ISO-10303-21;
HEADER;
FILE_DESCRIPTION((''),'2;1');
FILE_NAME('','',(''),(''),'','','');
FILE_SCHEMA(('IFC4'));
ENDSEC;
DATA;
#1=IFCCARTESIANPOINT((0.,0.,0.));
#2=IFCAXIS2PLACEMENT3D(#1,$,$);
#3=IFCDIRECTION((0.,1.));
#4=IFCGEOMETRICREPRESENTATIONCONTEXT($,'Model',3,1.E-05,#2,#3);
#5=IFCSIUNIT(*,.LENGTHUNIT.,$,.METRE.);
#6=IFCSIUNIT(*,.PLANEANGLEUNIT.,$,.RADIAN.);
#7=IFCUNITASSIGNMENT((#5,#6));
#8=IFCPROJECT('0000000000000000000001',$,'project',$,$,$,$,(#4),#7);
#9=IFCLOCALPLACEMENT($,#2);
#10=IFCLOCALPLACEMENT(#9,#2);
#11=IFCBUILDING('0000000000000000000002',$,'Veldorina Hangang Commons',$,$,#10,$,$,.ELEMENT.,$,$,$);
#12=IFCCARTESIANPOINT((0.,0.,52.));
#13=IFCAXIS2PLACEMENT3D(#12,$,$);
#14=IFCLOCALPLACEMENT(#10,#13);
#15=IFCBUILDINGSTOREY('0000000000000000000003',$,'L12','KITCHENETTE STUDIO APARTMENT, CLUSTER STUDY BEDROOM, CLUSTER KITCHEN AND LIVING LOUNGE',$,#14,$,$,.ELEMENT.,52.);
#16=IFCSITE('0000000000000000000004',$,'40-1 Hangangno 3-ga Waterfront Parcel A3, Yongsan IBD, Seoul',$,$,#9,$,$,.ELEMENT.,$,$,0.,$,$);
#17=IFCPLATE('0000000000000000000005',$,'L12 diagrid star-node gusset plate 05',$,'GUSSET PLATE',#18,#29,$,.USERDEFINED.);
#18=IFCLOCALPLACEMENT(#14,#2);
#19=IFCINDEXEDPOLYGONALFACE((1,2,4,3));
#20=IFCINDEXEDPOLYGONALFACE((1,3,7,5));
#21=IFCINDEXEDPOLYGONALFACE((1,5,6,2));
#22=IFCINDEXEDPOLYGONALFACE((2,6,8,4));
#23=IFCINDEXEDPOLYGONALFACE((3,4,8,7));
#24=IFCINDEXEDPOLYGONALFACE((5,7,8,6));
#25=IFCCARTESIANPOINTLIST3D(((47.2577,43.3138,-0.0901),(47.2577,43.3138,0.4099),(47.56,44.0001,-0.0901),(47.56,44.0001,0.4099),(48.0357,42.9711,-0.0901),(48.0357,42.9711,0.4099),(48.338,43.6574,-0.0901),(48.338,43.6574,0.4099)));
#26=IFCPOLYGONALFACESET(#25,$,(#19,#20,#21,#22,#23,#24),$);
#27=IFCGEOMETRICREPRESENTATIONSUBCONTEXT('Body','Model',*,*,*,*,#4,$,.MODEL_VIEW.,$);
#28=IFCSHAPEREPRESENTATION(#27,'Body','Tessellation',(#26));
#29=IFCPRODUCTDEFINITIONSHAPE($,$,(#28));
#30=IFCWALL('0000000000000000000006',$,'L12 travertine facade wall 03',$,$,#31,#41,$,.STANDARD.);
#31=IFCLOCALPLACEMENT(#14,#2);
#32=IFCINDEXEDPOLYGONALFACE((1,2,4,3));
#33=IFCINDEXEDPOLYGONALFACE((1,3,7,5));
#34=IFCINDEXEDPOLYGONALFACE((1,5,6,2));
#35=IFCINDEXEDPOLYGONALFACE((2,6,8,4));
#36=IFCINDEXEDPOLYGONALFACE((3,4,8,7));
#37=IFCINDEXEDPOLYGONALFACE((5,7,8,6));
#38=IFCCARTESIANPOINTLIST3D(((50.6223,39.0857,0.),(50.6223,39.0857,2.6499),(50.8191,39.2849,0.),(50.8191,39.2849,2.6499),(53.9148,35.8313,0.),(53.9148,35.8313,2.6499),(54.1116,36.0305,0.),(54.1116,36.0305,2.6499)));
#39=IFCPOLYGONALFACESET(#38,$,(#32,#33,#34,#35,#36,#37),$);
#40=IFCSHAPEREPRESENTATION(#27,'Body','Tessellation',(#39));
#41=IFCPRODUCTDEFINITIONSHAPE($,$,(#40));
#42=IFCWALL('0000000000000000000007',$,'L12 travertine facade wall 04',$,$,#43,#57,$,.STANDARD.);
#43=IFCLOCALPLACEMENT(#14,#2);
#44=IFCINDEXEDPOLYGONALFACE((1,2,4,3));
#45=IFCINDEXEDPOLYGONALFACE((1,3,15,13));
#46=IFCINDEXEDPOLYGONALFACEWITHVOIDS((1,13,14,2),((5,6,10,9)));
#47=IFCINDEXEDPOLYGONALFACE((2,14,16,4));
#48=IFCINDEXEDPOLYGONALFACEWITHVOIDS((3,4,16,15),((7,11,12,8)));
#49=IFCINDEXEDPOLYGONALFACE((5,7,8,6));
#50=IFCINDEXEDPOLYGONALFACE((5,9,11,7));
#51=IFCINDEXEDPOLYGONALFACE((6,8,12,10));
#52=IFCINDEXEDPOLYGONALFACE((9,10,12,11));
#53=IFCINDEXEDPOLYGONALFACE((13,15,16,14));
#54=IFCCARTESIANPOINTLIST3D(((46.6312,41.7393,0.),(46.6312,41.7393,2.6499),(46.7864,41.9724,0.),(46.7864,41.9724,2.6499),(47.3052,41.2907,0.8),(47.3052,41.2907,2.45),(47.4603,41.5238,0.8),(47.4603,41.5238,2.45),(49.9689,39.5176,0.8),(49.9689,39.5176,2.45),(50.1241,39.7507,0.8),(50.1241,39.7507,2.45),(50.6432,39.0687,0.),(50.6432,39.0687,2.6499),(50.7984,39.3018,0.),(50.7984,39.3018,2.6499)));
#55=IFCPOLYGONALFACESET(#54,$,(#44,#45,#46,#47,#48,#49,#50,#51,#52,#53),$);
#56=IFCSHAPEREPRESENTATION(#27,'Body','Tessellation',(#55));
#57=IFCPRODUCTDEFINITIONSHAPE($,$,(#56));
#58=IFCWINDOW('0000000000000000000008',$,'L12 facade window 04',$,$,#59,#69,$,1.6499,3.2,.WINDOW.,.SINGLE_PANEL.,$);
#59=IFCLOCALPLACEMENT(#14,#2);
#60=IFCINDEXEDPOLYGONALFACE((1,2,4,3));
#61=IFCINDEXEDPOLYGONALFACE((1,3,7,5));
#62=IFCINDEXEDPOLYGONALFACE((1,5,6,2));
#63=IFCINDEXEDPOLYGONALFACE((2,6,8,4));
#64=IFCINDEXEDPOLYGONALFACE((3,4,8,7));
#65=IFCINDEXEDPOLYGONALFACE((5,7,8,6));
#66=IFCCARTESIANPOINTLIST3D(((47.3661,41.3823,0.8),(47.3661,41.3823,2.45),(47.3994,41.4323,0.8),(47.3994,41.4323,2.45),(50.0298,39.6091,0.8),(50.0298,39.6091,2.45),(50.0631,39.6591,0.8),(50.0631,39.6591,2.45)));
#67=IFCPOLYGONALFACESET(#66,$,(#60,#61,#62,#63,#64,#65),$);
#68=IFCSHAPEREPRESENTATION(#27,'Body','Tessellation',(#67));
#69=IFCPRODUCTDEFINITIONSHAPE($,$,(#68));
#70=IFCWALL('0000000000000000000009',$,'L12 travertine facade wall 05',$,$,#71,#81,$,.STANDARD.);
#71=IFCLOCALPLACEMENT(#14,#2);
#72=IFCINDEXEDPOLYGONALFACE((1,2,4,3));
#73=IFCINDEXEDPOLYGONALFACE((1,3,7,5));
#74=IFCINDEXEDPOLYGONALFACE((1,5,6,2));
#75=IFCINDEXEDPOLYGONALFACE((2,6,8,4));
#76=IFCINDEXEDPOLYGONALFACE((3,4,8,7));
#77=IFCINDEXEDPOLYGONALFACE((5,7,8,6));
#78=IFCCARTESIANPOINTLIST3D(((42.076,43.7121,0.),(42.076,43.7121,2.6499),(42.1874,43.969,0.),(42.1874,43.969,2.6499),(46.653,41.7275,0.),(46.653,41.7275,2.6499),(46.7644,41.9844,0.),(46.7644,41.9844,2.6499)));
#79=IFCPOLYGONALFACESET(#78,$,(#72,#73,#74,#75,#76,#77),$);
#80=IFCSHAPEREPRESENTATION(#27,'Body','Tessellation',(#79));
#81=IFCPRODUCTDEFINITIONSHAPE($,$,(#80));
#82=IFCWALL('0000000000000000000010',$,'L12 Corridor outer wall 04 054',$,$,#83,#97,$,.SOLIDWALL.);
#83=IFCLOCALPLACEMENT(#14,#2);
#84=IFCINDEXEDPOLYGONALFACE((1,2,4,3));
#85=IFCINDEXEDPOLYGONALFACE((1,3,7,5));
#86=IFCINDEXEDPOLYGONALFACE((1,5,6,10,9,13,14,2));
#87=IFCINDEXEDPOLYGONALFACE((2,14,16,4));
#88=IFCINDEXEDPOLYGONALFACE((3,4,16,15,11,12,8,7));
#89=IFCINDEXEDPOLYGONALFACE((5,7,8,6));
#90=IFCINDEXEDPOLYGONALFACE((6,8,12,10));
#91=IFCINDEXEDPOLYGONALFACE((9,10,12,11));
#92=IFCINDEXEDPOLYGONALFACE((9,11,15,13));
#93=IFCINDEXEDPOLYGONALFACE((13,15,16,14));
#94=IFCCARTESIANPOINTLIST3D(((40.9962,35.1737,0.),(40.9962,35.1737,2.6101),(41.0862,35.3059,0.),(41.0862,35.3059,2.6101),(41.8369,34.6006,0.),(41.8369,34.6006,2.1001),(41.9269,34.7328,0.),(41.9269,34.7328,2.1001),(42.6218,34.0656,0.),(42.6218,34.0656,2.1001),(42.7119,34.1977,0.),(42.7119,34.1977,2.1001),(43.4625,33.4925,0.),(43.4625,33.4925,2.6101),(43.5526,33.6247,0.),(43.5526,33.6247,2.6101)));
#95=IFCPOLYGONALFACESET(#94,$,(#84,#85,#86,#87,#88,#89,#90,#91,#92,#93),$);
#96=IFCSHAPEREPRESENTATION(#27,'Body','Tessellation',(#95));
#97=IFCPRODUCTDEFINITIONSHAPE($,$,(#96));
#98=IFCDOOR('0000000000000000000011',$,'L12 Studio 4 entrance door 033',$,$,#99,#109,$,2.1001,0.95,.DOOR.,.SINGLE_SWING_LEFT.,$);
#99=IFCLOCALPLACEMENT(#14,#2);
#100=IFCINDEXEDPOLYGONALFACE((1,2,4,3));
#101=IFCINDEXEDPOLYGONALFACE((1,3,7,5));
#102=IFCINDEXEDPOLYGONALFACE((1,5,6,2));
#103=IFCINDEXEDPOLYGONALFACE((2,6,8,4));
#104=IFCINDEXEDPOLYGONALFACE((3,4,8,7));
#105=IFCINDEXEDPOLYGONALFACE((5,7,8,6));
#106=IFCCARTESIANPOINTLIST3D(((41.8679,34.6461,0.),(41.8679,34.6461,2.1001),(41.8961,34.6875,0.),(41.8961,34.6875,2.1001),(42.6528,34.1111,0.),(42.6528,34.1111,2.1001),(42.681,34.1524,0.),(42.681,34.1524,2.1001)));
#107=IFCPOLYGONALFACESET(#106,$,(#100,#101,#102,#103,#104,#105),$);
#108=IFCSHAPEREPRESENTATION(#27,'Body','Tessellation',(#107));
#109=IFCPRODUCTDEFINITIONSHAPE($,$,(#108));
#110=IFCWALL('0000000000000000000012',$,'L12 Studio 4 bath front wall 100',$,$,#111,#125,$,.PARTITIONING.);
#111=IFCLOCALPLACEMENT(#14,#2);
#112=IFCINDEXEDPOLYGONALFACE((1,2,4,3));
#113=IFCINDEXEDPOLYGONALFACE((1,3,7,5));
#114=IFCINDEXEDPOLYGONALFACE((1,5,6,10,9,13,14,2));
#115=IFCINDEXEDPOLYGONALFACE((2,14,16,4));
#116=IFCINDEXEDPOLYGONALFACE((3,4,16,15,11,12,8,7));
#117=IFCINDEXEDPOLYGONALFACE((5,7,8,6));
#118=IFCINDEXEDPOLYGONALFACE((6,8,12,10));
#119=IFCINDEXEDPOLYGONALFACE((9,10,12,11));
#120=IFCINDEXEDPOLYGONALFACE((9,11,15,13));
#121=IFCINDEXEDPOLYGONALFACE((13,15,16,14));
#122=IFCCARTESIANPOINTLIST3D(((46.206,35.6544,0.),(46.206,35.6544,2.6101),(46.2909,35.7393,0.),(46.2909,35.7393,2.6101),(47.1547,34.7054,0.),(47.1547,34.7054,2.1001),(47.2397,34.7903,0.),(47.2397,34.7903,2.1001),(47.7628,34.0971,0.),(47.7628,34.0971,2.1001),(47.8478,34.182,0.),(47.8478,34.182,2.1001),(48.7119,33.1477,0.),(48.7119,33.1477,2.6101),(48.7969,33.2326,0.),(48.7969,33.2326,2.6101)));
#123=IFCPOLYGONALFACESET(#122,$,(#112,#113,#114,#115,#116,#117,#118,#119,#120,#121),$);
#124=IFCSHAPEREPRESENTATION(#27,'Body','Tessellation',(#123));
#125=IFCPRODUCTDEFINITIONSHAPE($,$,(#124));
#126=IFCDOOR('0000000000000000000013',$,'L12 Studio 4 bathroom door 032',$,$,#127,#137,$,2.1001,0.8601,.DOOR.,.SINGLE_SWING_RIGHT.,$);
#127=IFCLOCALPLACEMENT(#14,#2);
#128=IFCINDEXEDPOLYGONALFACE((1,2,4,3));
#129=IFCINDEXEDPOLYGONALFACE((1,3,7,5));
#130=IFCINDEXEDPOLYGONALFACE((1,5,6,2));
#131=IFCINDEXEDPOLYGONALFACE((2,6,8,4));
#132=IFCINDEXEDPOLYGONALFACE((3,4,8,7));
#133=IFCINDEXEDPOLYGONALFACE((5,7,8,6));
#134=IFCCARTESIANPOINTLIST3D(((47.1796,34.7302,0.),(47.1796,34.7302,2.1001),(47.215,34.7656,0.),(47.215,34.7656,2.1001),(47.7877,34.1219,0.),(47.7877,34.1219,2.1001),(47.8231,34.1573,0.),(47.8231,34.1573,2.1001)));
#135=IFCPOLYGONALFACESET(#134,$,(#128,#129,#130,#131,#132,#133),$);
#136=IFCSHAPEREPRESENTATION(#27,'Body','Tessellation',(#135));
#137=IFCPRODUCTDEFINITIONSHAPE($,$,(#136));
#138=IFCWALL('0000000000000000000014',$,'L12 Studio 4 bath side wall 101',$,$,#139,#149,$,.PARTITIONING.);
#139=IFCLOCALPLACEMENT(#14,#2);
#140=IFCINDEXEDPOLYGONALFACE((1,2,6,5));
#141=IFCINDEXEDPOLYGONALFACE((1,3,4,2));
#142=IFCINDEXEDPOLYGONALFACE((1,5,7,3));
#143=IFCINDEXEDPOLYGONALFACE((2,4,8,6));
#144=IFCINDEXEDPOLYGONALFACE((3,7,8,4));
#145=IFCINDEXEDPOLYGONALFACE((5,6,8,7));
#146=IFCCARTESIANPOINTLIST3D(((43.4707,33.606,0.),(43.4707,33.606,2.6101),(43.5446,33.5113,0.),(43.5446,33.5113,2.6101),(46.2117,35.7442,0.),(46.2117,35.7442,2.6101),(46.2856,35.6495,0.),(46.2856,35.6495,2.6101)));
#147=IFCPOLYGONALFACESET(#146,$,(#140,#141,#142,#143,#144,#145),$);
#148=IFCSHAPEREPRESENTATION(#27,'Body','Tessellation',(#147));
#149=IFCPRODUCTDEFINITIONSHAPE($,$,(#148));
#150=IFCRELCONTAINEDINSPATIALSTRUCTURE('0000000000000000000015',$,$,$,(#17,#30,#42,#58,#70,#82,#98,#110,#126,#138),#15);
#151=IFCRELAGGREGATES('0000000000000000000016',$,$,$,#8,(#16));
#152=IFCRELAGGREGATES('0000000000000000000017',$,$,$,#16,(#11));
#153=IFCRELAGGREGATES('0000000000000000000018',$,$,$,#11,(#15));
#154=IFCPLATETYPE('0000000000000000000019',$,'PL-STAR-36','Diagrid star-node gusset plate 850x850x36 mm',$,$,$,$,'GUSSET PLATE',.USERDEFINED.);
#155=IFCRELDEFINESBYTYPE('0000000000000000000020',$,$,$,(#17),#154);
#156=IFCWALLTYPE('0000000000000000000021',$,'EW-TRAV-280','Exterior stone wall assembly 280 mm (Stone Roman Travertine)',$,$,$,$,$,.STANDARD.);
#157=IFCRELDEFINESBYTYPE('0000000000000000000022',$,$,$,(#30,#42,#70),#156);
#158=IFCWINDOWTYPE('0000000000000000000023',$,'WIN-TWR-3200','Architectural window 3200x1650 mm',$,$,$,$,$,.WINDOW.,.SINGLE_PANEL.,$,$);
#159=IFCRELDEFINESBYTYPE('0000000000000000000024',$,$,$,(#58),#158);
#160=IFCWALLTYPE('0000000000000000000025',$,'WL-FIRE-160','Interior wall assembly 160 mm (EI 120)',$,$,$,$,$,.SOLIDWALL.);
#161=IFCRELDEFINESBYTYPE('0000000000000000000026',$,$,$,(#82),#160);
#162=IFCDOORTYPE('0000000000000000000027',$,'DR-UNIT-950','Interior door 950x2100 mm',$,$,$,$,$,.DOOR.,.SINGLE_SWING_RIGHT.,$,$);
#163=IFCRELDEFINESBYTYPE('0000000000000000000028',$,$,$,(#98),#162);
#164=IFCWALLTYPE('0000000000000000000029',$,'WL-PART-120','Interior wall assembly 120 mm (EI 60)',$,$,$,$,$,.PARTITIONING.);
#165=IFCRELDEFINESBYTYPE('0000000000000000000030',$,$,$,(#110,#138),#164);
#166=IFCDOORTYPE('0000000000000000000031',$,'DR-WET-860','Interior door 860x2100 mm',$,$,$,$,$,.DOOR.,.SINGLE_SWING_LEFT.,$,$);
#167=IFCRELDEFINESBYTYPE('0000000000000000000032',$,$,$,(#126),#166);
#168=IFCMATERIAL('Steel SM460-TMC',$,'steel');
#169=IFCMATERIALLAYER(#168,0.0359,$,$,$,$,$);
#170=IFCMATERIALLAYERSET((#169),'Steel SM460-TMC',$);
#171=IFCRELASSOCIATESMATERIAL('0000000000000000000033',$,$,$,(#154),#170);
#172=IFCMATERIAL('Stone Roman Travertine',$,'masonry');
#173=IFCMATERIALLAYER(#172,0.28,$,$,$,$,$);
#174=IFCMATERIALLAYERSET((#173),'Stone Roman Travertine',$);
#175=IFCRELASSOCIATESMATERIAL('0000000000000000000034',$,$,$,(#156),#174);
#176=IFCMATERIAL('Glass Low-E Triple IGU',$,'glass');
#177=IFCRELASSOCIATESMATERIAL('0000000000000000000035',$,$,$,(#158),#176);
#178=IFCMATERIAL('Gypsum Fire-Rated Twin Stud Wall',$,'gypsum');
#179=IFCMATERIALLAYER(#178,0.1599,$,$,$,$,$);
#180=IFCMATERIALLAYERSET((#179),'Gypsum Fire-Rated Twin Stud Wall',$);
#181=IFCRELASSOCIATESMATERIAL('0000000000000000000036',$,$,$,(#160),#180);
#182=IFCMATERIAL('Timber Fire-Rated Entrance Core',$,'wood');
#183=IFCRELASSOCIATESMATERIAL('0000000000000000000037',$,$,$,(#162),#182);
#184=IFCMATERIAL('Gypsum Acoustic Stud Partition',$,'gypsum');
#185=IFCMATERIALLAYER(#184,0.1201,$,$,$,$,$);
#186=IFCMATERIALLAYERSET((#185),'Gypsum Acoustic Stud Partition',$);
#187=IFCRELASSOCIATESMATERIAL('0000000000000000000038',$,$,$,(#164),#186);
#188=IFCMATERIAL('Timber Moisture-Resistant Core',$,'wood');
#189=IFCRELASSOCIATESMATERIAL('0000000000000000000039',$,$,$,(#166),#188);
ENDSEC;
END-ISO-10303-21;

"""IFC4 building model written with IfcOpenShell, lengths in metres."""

from ifc_helpers import new_model, si_unit, direction, frame, frame_2d, origin, origin_2d, place, context, subcontext, project, spatial, rectangle, extrude, material, layer, layer_set, type_object, element, fill, save


model = new_model("IFC4")

# Units and contexts
model_context = context("Model", 3, precision=1e-05, world=origin(), true_north=direction((0.0, 1.0)))
body_context = subcontext(model_context, "Body", "Model", "MODEL_VIEW")
ifc_project = project(units=[si_unit("LENGTHUNIT", "METRE"), si_unit("PLANEANGLEUNIT", "RADIAN")], contexts=[model_context])

# Site, building, storey
site_placement = place(None, origin())
site = spatial("IfcSite", under=ifc_project, at=site_placement, Name="40-1 Hangangno 3-ga Waterfront Parcel A3, Yongsan IBD, Seoul", CompositionType="ELEMENT", RefElevation=0.0)
building_placement = place(site_placement, origin())
building = spatial("IfcBuilding", under=site, at=building_placement, Name="Veldorina Hangang Commons", CompositionType="ELEMENT")
storey_placement = place(building_placement, frame((0.0, 0.0, 52.0)))
storey = spatial("IfcBuildingStorey", under=building, at=storey_placement, Name="L12", Description="KITCHENETTE STUDIO APARTMENT, CLUSTER STUDY BEDROOM, CLUSTER KITCHEN AND LIVING LOUNGE", CompositionType="ELEMENT", Elevation=52.0)

# Shared definitions
ifc_material_1 = material(Name="Steel SM460-TMC", Category="steel")

# Plate
ifc_layer_1 = layer(ifc_material_1, 0.0359)
ifc_layer_set_1 = layer_set([ifc_layer_1], Name="Steel SM460-TMC")
plate_type = type_object("IfcPlateType", Name="PL-STAR-36", Description="Diagrid star-node gusset plate 850x850x36 mm", ElementType="GUSSET PLATE", PredefinedType="USERDEFINED", material=ifc_layer_set_1)
plate_1_placement = place(storey_placement, frame((47.7979, 43.4856, -0.0901), z_axis=(0.0, 0.0, 1.0), x_axis=(-0.915143, 0.40313, 0.0)))
element("IfcPlate", 1, at=plate_1_placement, inside=storey, type_object=plate_type, Name="L12 diagrid star-node gusset plate 05", ObjectType="GUSSET PLATE", PredefinedType="USERDEFINED", context=body_context, shape_type="SweptSolid", body=[
    extrude(rectangle(XDim=0.8501, YDim=0.75, at=origin_2d()), origin(), (0.0, 0.0, 1.0), 0.5),
])

# Wall
ifc_material_2 = material(Name="Stone Roman Travertine", Category="masonry")
ifc_layer_2 = layer(ifc_material_2, 0.28)
ifc_layer_set_2 = layer_set([ifc_layer_2], Name="Stone Roman Travertine")
wall_type_1 = type_object("IfcWallType", Name="EW-TRAV-280", Description="Exterior stone wall assembly 280 mm (Stone Roman Travertine)", PredefinedType="STANDARD", material=ifc_layer_set_2)
wall_1_placement = place(storey_placement, frame((54.0132, 35.9309, 0.0), z_axis=(0.0, 0.0, 1.0), x_axis=(-0.711208, 0.702981, 0.0)))
element("IfcWall", 2, at=wall_1_placement, inside=storey, type_object=wall_type_1, Name="L12 travertine facade wall 03", PredefinedType="STANDARD", context=body_context, shape_type="SweptSolid", body=[
    extrude(rectangle(XDim=4.6294, YDim=0.28, at=frame_2d((2.3147, 0.0))), origin(), (0.0, 0.0, 1.0), 2.6499),
])

# Wall, opening, window
wall_2_placement = place(storey_placement, frame((50.7207, 39.1853, 0.0), z_axis=(0.0, 0.0, 1.0), x_axis=(-0.832432, 0.554127, 0.0)))
wall_2 = element("IfcWall", 3, at=wall_2_placement, inside=storey, type_object=wall_type_1, Name="L12 travertine facade wall 04", PredefinedType="STANDARD", context=body_context, shape_type="SweptSolid", body=[
    extrude(rectangle(XDim=4.8196, YDim=0.28, at=frame_2d((2.4097, 0.0))), origin(), (0.0, 0.0, 1.0), 2.6499),
])
opening_1_placement = place(wall_2_placement, frame((0.8098, 0.0, 0.8)))
opening_1 = element("IfcOpeningElement", 4, at=opening_1_placement, cuts=wall_2, PredefinedType="OPENING", context=body_context, shape_type="SweptSolid", body=[
    extrude(rectangle(XDim=3.2, YDim=1.6499, at=frame_2d((1.6001, 0.825))), frame((0.0, 0.1499, 0.0), z_axis=(0.0, -1.0, 0.0), x_axis=(1.0, 0.0, 0.0)), (0.0, 0.0, 1.0), 0.3),
])
ifc_material_3 = material(Name="Glass Low-E Triple IGU", Category="glass")
window_type = type_object("IfcWindowType", Name="WIN-TWR-3200", Description="Architectural window 3200x1650 mm", PartitioningType="SINGLE_PANEL", PredefinedType="WINDOW", material=ifc_material_3)
window_placement = place(opening_1_placement, origin())
window = element("IfcWindow", 5, at=window_placement, inside=storey, type_object=window_type, Name="L12 facade window 04", OverallHeight=1.6499, OverallWidth=3.2, PartitioningType="SINGLE_PANEL", PredefinedType="WINDOW", context=body_context, shape_type="SweptSolid", body=[
    extrude(rectangle(XDim=3.2, YDim=1.6499, at=frame_2d((1.6001, 0.825))), frame((0.0, 0.03, 0.0), z_axis=(0.0, -1.0, 0.0), x_axis=(1.0, 0.0, 0.0)), (0.0, 0.0, 1.0), 0.0601),
])
fill(opening_1, window)

# Wall
wall_3_placement = place(storey_placement, frame((46.7087, 41.856, 0.0), z_axis=(0.0, 0.0, 1.0), x_axis=(-0.917469, 0.397808, 0.0)))
element("IfcWall", 6, at=wall_3_placement, inside=storey, type_object=wall_type_1, Name="L12 travertine facade wall 05", PredefinedType="STANDARD", context=body_context, shape_type="SweptSolid", body=[
    extrude(rectangle(XDim=4.9888, YDim=0.28, at=frame_2d((2.4944, 0.0))), origin(), (0.0, 0.0, 1.0), 2.6499),
])

# Walls, openings, doors
ifc_material_4 = material(Name="Gypsum Fire-Rated Twin Stud Wall", Category="gypsum")
ifc_layer_3 = layer(ifc_material_4, 0.1599)
ifc_layer_set_3 = layer_set([ifc_layer_3], Name="Gypsum Fire-Rated Twin Stud Wall")
wall_type_2 = type_object("IfcWallType", Name="WL-FIRE-160", Description="Interior wall assembly 160 mm (EI 120)", PredefinedType="SOLIDWALL", material=ifc_layer_set_3)
wall_4_placement = place(storey_placement, frame((43.5076, 33.5586, 0.0), z_axis=(0.0, 0.0, 1.0), x_axis=(-0.826293, 0.56324, 0.0)))
wall_4 = element("IfcWall", 7, at=wall_4_placement, inside=storey, type_object=wall_type_2, Name="L12 Corridor outer wall 04 054", PredefinedType="SOLIDWALL", context=body_context, shape_type="SweptSolid", body=[
    extrude(rectangle(XDim=2.9849, YDim=0.1599, at=frame_2d((1.4924, 0.0))), origin(), (0.0, 0.0, 1.0), 2.6101),
])
opening_2_placement = place(wall_4_placement, frame((1.0173, 0.0, 0.0)))
opening_2 = element("IfcOpeningElement", 8, at=opening_2_placement, cuts=wall_4, PredefinedType="OPENING", context=body_context, shape_type="SweptSolid", body=[
    extrude(rectangle(XDim=0.95, YDim=2.1001, at=frame_2d((0.4751, 1.05))), frame((0.0, 0.0898, 0.0), z_axis=(0.0, -1.0, 0.0), x_axis=(1.0, 0.0, 0.0)), (0.0, 0.0, 1.0), 0.1799),
])
ifc_material_5 = material(Name="Timber Fire-Rated Entrance Core", Category="wood")
door_type_1 = type_object("IfcDoorType", Name="DR-UNIT-950", Description="Interior door 950x2100 mm", OperationType="SINGLE_SWING_RIGHT", PredefinedType="DOOR", material=ifc_material_5)
door_1_placement = place(opening_2_placement, origin())
door_1 = element("IfcDoor", 9, at=door_1_placement, inside=storey, type_object=door_type_1, Name="L12 Studio 4 entrance door 033", OperationType="SINGLE_SWING_LEFT", OverallHeight=2.1001, OverallWidth=0.95, PredefinedType="DOOR", context=body_context, shape_type="SweptSolid", body=[
    extrude(rectangle(XDim=0.95, YDim=2.1001, at=frame_2d((0.4751, 1.05))), frame((0.0, 0.0249, 0.0), z_axis=(0.0, -1.0, 0.0), x_axis=(1.0, 0.0, 0.0)), (0.0, 0.0, 1.0), 0.05),
])
fill(opening_2, door_1)
ifc_material_6 = material(Name="Gypsum Acoustic Stud Partition", Category="gypsum")
ifc_layer_4 = layer(ifc_material_6, 0.1201)
ifc_layer_set_4 = layer_set([ifc_layer_4], Name="Gypsum Acoustic Stud Partition")
wall_type_3 = type_object("IfcWallType", Name="WL-PART-120", Description="Interior wall assembly 120 mm (EI 60)", PredefinedType="PARTITIONING", material=ifc_layer_set_4)
wall_5_placement = place(storey_placement, frame((48.7544, 33.1902, 0.0), z_axis=(0.0, 0.0, 1.0), x_axis=(-0.707003, 0.70721, 0.0)))
wall_5 = element("IfcWall", 10, at=wall_5_placement, inside=storey, type_object=wall_type_3, Name="L12 Studio 4 bath front wall 100", PredefinedType="PARTITIONING", context=body_context, shape_type="SweptSolid", body=[
    extrude(rectangle(XDim=3.5444, YDim=0.1201, at=frame_2d((1.7722, 0.0))), origin(), (0.0, 0.0, 1.0), 2.6101),
])
opening_3_placement = place(wall_5_placement, frame((1.3423, 0.0, 0.0)))
opening_3 = element("IfcOpeningElement", 11, at=opening_3_placement, cuts=wall_5, PredefinedType="OPENING", context=body_context, shape_type="SweptSolid", body=[
    extrude(rectangle(XDim=0.8601, YDim=2.1001, at=frame_2d((0.4302, 1.05))), frame((0.0, 0.0701, 0.0), z_axis=(0.0, -1.0, 0.0), x_axis=(1.0, 0.0, 0.0)), (0.0, 0.0, 1.0), 0.1401),
])
ifc_material_7 = material(Name="Timber Moisture-Resistant Core", Category="wood")
door_type_2 = type_object("IfcDoorType", Name="DR-WET-860", Description="Interior door 860x2100 mm", OperationType="SINGLE_SWING_LEFT", PredefinedType="DOOR", material=ifc_material_7)
door_2_placement = place(opening_3_placement, origin())
door_2 = element("IfcDoor", 12, at=door_2_placement, inside=storey, type_object=door_type_2, Name="L12 Studio 4 bathroom door 032", OperationType="SINGLE_SWING_RIGHT", OverallHeight=2.1001, OverallWidth=0.8601, PredefinedType="DOOR", context=body_context, shape_type="SweptSolid", body=[
    extrude(rectangle(XDim=0.8601, YDim=2.1001, at=frame_2d((0.4302, 1.05))), frame((0.0, 0.0249, 0.0), z_axis=(0.0, -1.0, 0.0), x_axis=(1.0, 0.0, 0.0)), (0.0, 0.0, 1.0), 0.05),
])
fill(opening_3, door_2)

# Wall
wall_6_placement = place(storey_placement, frame((43.5076, 33.5586, 0.0), z_axis=(0.0, 0.0, 1.0), x_axis=(0.78847, 0.615073, 0.0)))
element("IfcWall", 13, at=wall_6_placement, inside=storey, type_object=wall_type_3, Name="L12 Studio 4 bath side wall 101", PredefinedType="PARTITIONING", context=body_context, shape_type="SweptSolid", body=[
    extrude(rectangle(XDim=3.4763, YDim=0.1201, at=frame_2d((1.7383, 0.0))), origin(), (0.0, 0.0, 1.0), 2.6101),
])

save(model, "model.ifc")
